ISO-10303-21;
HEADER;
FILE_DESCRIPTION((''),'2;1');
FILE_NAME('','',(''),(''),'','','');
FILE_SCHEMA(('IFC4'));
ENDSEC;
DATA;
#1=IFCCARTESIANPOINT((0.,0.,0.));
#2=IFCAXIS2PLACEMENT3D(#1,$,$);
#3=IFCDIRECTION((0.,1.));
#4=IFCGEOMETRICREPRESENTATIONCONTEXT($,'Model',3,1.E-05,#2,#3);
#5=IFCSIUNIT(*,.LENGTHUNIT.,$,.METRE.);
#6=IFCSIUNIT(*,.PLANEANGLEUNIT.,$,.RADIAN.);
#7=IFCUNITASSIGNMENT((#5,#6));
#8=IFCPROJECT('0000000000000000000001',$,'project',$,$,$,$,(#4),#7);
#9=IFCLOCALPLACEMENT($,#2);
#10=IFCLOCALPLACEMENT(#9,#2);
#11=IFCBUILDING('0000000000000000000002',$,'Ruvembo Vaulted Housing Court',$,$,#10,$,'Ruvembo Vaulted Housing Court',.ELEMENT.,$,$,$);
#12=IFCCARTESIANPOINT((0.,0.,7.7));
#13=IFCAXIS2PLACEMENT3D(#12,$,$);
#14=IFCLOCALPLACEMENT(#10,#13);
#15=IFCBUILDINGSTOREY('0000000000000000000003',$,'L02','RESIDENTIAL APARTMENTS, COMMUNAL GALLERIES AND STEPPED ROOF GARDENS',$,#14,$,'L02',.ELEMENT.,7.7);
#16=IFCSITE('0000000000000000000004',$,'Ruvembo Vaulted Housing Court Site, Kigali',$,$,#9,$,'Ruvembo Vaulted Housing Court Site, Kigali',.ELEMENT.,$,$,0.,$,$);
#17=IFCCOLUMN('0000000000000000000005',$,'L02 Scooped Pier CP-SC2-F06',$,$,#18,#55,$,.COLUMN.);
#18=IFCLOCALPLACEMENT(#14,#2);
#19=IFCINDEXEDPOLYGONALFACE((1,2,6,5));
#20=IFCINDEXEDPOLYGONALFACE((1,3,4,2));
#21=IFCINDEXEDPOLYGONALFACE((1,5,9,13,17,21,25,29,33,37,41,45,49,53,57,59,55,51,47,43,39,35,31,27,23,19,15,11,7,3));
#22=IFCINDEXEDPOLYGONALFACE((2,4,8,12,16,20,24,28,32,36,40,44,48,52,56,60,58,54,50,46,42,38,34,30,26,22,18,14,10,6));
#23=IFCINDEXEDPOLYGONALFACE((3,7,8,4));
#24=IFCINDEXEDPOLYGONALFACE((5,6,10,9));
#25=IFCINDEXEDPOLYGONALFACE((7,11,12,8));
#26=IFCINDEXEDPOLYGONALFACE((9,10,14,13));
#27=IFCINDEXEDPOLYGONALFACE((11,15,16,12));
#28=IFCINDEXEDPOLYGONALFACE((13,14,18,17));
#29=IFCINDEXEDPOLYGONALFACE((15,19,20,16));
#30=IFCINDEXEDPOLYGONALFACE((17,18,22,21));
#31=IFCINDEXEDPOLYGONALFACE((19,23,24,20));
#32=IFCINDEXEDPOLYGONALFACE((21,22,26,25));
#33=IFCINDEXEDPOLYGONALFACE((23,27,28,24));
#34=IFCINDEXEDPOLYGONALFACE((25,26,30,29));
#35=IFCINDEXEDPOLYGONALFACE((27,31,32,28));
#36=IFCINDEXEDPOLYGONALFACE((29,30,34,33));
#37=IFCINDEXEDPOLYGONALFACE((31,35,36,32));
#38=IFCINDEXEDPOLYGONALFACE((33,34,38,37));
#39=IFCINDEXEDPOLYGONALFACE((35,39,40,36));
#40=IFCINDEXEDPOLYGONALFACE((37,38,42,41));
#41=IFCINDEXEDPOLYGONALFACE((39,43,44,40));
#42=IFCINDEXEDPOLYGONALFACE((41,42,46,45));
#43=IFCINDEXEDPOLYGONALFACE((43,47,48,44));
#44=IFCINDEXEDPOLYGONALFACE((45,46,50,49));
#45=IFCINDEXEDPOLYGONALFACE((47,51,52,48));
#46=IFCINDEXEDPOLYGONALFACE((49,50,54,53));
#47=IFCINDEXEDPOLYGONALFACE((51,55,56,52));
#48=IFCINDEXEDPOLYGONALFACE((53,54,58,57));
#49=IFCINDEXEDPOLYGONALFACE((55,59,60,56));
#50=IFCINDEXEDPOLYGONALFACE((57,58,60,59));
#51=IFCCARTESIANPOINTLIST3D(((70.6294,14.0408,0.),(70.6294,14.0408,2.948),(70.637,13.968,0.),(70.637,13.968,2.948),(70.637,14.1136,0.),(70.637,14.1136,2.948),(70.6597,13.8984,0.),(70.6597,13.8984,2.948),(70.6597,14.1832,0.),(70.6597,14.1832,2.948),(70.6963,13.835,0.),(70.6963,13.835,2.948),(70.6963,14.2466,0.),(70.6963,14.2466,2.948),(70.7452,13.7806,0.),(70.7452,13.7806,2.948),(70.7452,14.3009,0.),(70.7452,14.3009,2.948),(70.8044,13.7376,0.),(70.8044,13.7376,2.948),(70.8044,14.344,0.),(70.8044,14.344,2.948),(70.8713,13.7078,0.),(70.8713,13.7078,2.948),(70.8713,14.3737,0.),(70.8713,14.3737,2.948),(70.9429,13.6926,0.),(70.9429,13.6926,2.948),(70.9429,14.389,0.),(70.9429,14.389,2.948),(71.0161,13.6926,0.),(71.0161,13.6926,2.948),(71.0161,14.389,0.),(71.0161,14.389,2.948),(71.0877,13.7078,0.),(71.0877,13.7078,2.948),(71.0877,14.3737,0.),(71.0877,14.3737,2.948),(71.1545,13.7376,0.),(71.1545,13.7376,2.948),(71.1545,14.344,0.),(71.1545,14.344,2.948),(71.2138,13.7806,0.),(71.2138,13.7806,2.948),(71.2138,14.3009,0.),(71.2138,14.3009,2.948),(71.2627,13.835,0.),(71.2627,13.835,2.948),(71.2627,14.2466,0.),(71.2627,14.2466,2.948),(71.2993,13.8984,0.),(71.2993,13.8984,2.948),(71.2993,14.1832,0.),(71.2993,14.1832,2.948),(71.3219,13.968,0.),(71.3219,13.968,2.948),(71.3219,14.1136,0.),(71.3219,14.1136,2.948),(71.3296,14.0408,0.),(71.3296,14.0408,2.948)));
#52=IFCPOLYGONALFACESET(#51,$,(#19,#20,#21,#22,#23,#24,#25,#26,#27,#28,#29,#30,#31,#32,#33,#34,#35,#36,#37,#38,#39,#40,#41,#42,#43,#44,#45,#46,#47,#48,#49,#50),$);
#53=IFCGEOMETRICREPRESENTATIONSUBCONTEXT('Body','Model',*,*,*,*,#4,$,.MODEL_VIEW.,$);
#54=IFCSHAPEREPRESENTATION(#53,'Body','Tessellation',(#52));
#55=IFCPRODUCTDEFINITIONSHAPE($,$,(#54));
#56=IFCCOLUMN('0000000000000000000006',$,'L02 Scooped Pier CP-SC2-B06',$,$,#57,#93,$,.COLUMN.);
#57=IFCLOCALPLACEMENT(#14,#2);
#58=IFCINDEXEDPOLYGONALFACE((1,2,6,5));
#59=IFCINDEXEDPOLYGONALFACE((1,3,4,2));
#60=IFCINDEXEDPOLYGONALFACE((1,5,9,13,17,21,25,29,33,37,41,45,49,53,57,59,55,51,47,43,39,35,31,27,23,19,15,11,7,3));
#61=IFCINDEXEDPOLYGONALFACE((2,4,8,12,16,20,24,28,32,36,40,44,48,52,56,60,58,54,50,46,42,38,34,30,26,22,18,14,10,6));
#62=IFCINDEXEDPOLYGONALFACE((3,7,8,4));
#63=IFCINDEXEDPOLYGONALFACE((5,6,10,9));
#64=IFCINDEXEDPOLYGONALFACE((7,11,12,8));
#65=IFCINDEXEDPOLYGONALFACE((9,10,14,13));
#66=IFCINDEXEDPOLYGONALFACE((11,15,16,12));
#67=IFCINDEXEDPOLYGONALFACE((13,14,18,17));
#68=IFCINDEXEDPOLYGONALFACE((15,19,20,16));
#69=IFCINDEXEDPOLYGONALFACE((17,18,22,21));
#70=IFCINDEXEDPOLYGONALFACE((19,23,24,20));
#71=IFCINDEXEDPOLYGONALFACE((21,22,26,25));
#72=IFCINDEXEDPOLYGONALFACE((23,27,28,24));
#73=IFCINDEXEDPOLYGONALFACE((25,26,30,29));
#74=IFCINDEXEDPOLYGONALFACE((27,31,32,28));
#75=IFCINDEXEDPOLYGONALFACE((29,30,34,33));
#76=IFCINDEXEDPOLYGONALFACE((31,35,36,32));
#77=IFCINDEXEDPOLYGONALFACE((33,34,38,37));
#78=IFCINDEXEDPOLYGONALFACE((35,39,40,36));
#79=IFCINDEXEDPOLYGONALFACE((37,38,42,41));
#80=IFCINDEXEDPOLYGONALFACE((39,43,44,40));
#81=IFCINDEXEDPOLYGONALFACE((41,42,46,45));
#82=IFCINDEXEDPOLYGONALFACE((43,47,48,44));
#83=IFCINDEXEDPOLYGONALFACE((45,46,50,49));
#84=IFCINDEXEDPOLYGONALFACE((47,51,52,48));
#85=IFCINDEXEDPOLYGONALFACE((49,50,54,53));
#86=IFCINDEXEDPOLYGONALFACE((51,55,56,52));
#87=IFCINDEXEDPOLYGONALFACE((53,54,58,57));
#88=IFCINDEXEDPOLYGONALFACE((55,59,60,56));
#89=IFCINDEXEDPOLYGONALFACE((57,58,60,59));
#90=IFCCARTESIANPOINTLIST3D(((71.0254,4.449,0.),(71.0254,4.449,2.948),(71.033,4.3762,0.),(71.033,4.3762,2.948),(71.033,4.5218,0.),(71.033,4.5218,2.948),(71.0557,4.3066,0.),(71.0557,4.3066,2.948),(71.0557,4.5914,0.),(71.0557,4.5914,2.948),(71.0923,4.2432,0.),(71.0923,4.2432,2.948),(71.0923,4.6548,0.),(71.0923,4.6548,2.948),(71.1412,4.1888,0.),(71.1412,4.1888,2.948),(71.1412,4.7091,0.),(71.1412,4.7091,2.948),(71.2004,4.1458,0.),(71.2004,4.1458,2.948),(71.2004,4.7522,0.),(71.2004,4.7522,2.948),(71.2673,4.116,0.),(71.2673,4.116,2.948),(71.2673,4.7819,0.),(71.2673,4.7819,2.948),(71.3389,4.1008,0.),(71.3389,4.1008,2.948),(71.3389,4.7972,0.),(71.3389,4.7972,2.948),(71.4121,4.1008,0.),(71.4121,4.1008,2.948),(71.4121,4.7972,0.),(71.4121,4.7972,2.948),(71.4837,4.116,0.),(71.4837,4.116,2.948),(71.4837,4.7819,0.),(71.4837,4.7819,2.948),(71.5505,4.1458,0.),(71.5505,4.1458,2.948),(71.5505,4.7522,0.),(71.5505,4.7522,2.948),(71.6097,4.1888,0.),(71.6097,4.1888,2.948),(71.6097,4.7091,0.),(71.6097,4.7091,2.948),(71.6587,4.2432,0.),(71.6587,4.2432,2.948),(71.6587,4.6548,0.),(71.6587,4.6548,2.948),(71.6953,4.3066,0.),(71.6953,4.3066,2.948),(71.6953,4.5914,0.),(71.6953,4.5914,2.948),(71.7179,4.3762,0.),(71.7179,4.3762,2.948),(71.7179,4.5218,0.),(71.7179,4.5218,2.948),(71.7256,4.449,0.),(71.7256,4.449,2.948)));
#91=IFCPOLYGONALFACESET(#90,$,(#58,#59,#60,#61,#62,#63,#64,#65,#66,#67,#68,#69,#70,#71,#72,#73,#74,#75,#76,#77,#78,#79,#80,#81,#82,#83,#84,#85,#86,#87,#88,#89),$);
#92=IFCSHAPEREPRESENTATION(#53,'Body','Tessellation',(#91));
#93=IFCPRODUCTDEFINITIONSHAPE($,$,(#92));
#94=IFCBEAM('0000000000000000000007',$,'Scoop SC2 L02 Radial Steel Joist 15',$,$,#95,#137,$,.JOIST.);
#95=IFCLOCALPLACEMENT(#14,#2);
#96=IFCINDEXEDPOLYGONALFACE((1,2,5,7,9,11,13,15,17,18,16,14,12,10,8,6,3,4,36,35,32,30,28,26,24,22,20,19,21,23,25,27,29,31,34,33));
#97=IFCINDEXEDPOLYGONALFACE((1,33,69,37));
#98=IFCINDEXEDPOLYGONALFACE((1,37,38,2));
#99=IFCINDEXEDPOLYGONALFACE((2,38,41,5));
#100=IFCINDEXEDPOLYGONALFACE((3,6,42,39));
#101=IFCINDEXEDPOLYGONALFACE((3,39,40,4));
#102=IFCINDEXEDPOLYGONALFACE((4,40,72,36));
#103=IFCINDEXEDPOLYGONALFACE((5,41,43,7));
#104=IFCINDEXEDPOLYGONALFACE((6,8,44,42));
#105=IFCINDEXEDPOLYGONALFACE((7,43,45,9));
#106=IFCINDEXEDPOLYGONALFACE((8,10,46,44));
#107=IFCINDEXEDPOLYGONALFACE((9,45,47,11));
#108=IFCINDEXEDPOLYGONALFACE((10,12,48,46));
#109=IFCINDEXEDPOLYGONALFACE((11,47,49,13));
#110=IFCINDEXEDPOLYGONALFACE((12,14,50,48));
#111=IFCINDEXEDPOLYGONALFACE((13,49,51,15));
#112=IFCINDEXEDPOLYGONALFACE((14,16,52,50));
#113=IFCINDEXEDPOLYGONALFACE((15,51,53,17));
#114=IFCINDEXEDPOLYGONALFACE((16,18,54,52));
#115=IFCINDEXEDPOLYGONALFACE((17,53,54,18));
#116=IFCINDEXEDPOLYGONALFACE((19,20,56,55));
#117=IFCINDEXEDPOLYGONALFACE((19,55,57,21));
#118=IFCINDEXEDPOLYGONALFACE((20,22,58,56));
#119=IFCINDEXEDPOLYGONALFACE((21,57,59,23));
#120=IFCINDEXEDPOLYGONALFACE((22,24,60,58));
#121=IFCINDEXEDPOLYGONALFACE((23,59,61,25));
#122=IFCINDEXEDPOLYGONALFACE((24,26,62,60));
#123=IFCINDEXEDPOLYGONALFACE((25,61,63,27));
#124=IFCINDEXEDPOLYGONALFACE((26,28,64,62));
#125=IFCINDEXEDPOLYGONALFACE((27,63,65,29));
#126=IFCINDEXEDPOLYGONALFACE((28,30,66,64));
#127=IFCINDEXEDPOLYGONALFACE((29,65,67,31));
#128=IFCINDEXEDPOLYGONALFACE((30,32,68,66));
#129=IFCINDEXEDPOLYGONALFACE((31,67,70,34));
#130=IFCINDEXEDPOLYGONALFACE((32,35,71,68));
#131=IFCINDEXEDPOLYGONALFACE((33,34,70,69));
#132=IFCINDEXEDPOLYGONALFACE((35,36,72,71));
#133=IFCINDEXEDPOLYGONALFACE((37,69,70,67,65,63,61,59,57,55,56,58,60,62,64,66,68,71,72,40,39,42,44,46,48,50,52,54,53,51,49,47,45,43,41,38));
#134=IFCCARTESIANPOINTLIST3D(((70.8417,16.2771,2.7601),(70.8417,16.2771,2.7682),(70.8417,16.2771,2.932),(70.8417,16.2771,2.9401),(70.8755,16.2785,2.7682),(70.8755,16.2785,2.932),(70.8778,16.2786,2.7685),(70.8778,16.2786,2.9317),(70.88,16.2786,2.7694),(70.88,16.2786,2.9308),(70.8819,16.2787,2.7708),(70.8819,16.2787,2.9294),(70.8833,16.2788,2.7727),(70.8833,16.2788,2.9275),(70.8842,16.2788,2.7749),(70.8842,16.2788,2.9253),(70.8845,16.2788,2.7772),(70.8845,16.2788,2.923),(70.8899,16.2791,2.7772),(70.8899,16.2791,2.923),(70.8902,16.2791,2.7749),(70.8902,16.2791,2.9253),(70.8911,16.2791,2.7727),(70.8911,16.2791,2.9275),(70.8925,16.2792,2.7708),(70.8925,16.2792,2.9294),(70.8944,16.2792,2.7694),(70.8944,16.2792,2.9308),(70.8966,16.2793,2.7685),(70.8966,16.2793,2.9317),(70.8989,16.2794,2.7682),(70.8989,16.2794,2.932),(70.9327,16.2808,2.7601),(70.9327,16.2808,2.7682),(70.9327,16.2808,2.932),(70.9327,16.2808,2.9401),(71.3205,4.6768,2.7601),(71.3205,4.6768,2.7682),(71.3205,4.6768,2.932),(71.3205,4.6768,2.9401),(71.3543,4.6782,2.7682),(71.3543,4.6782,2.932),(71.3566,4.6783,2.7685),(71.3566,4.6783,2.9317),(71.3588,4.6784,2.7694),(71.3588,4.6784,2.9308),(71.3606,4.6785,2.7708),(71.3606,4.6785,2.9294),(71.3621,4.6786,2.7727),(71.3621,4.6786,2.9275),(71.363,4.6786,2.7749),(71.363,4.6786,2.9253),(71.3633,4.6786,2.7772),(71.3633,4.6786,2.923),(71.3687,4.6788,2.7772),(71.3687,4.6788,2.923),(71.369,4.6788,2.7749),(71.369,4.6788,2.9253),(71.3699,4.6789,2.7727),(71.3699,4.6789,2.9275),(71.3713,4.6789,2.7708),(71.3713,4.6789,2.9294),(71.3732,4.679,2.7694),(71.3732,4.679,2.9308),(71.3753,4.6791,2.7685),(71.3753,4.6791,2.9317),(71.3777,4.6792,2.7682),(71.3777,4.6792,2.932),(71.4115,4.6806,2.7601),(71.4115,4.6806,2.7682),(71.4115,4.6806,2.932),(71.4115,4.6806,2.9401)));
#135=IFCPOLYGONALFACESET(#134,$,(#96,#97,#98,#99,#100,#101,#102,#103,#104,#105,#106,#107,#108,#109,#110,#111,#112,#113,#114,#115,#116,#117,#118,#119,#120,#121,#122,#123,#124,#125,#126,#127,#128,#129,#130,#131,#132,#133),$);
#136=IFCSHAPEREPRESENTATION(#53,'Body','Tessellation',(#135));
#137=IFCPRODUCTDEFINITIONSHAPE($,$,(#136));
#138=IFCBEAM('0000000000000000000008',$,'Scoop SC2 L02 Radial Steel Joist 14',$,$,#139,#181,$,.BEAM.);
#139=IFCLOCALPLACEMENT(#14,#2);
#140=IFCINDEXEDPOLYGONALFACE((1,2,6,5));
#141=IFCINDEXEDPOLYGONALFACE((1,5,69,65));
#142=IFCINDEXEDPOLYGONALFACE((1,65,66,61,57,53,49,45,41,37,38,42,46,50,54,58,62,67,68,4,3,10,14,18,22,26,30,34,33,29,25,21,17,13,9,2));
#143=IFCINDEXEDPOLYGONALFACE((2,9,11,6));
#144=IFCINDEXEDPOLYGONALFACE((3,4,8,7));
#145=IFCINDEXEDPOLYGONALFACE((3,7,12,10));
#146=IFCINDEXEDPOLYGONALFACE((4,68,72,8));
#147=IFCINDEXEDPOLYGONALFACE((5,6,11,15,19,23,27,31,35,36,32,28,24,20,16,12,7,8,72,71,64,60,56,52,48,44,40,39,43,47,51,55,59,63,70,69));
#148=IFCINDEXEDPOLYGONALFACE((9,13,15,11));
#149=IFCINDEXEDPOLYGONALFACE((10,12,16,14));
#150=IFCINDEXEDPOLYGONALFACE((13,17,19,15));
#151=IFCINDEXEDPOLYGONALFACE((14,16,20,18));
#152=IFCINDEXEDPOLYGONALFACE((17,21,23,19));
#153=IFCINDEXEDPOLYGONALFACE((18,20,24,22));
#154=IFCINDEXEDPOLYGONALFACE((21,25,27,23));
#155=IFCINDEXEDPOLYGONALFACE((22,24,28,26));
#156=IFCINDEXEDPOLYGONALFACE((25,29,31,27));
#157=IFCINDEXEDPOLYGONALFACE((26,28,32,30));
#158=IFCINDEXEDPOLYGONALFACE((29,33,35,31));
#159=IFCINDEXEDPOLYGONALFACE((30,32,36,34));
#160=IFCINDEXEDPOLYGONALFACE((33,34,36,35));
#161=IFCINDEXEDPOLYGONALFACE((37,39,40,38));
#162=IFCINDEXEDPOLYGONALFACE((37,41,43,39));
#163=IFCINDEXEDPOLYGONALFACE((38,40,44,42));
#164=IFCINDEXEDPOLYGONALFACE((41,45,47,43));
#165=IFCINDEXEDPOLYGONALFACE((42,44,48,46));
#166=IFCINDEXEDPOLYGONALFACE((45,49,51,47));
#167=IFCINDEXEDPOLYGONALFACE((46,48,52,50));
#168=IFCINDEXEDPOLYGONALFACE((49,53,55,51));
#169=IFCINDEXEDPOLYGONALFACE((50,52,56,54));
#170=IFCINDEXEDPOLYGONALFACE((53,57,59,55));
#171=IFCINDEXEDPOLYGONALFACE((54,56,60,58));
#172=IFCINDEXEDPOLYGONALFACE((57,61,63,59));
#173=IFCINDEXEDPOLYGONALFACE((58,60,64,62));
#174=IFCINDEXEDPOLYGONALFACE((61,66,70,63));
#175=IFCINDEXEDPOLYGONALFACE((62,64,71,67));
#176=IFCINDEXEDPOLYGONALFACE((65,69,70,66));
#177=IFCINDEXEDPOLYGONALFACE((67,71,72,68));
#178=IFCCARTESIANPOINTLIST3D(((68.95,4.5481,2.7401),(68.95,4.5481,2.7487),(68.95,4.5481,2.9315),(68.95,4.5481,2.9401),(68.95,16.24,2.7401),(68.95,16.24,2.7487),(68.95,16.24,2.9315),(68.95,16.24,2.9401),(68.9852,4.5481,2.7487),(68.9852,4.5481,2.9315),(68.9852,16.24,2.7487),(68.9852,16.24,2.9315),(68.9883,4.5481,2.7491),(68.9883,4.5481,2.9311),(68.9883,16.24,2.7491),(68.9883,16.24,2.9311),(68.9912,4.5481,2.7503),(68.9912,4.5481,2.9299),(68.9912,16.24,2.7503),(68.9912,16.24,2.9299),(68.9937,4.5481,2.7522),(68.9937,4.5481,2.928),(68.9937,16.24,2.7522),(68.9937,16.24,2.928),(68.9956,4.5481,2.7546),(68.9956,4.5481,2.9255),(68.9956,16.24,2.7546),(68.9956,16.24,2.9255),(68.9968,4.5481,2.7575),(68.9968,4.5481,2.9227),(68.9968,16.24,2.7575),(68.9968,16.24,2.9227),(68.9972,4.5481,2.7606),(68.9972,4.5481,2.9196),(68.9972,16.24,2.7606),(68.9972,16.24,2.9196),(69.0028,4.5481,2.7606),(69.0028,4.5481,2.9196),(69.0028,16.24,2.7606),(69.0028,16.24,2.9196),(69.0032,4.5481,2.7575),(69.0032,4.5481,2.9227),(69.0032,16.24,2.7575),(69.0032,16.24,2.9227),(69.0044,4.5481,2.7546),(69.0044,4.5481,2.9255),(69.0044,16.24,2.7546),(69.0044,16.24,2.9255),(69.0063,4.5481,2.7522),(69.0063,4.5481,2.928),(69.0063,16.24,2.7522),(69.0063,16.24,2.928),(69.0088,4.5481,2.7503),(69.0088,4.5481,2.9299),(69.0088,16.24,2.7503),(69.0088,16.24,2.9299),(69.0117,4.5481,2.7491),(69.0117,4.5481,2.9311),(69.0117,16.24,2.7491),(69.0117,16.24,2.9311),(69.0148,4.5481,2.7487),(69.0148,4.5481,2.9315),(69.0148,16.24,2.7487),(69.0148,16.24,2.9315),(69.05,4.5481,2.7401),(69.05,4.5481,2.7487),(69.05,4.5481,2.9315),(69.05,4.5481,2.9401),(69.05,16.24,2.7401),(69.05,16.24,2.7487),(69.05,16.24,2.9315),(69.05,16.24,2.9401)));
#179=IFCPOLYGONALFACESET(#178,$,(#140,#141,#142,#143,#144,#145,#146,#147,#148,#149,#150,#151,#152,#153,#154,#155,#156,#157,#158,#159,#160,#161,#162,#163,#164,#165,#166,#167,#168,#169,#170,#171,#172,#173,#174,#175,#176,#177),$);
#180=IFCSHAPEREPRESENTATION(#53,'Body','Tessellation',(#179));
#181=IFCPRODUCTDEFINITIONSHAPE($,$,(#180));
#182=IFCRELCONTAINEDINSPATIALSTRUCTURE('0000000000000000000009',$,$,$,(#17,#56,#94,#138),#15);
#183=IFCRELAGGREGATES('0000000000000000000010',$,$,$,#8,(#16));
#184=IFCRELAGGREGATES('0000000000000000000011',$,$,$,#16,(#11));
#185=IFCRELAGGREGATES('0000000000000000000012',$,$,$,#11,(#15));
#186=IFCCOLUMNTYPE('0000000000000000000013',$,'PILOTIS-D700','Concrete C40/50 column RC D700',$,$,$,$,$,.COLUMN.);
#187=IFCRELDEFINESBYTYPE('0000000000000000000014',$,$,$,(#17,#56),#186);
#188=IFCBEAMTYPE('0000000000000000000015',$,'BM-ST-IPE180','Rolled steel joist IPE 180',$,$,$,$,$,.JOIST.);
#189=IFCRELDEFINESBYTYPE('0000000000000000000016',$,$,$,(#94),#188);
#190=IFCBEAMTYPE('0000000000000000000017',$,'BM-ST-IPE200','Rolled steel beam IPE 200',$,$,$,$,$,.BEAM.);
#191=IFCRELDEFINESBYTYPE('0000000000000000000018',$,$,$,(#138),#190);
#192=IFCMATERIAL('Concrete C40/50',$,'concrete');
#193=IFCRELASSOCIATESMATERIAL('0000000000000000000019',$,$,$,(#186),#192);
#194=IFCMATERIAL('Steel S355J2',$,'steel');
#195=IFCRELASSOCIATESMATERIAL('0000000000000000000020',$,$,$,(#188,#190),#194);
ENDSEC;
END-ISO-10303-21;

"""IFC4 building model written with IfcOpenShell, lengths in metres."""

from ifc_helpers import new_model, si_unit, direction, frame, origin, origin_2d, place, context, subcontext, project, spatial, circle, i_section, extrude, material, material_profile, profile_set, type_object, element, save


model = new_model("IFC4")

# Units and contexts
model_context = context("Model", 3, precision=1e-05, world=origin(), true_north=direction((0.0, 1.0)))
body_context = subcontext(model_context, "Body", "Model", "MODEL_VIEW")
ifc_project = project(units=[si_unit("LENGTHUNIT", "METRE"), si_unit("PLANEANGLEUNIT", "RADIAN")], contexts=[model_context])

# Site, building, storey
site_placement = place(None, origin())
site = spatial("IfcSite", under=ifc_project, at=site_placement, Name="Ruvembo Vaulted Housing Court Site, Kigali", LongName="Ruvembo Vaulted Housing Court Site, Kigali", CompositionType="ELEMENT", RefElevation=0.0)
building_placement = place(site_placement, origin())
building = spatial("IfcBuilding", under=site, at=building_placement, Name="Ruvembo Vaulted Housing Court", LongName="Ruvembo Vaulted Housing Court", CompositionType="ELEMENT")
storey_placement = place(building_placement, frame((0.0, 0.0, 7.7)))
storey = spatial("IfcBuildingStorey", under=building, at=storey_placement, Name="L02", Description="RESIDENTIAL APARTMENTS, COMMUNAL GALLERIES AND STEPPED ROOF GARDENS", LongName="L02", CompositionType="ELEMENT", Elevation=7.7)

# Columns
ifc_material_1 = material(Name="Concrete C40/50", Category="concrete")
ifc_material_profile_1 = material_profile(ifc_material_1, circle(Radius=0.3501, at=origin_2d()), Name="RC D700")
ifc_profile_set_1 = profile_set([ifc_material_profile_1], Name="Concrete C40/50")
column_type = type_object("IfcColumnType", Name="PILOTIS-D700", Description="Concrete C40/50 column RC D700", PredefinedType="COLUMN", material=ifc_profile_set_1)
for number, where, z_axis, x_axis, name in (
    (1, (70.9795, 14.0408, 0.0), (0.0, 0.0, 1.0), (1.0, 0.0, 0.0), "L02 Scooped Pier CP-SC2-F06"),
    (2, (71.3755, 4.449, 0.0), (0.0, 0.0, 1.0), (1.0, 0.0, 0.0), "L02 Scooped Pier CP-SC2-B06"),
):
    element("IfcColumn", number, at=place(storey_placement, frame(where, z_axis=z_axis, x_axis=x_axis)), inside=storey, type_object=column_type, Name=name, PredefinedType="COLUMN", context=body_context, shape_type="SweptSolid", body=[
        extrude(circle(Radius=0.3501, at=origin_2d()), origin(), (0.0, 0.0, 1.0), 2.948),
    ])

# Beams
ifc_material_2 = material(Name="Steel S355J2", Category="steel")
ifc_material_profile_2 = material_profile(ifc_material_2, i_section(OverallWidth=0.0911, OverallDepth=0.1799, WebThickness=0.0054, FlangeThickness=0.0081, FilletRadius=0.009, at=origin_2d()), Name="IPE 180")
ifc_profile_set_2 = profile_set([ifc_material_profile_2], Name="Steel S355J2")
beam_type_1 = type_object("IfcBeamType", Name="BM-ST-IPE180", Description="Rolled steel joist IPE 180", PredefinedType="JOIST", material=ifc_profile_set_2)
beam_1_placement = place(storey_placement, frame((71.366, 4.6787, 2.8501), z_axis=(-0.041236, 0.999149, 0.0), x_axis=(-0.999149, -0.041236, 0.0)))
element("IfcBeam", 3, at=beam_1_placement, inside=storey, type_object=beam_type_1, Name="Scoop SC2 L02 Radial Steel Joist 15", PredefinedType="JOIST", context=body_context, shape_type="SweptSolid", body=[
    extrude(i_section(OverallWidth=0.0911, OverallDepth=0.1799, WebThickness=0.0054, FlangeThickness=0.0081, FilletRadius=0.009, at=origin_2d()), origin(), (0.0, 0.0, 1.0), 11.6101),
])
ifc_material_profile_3 = material_profile(ifc_material_2, i_section(OverallWidth=0.1001, OverallDepth=0.2, WebThickness=0.0056, FlangeThickness=0.0085, FilletRadius=0.012, at=origin_2d()), Name="IPE 200")
ifc_profile_set_3 = profile_set([ifc_material_profile_3], Name="Steel S355J2")
beam_type_2 = type_object("IfcBeamType", Name="BM-ST-IPE200", Description="Rolled steel beam IPE 200", PredefinedType="BEAM", material=ifc_profile_set_3)
beam_2_placement = place(storey_placement, frame((69.0, 4.5481, 2.8401), z_axis=(0.0, 1.0, 0.0), x_axis=(-1.0, 0.0, 0.0)))
element("IfcBeam", 4, at=beam_2_placement, inside=storey, type_object=beam_type_2, Name="Scoop SC2 L02 Radial Steel Joist 14", PredefinedType="BEAM", context=body_context, shape_type="SweptSolid", body=[
    extrude(i_section(OverallWidth=0.1001, OverallDepth=0.2, WebThickness=0.0056, FlangeThickness=0.0085, FilletRadius=0.012, at=origin_2d()), origin(), (0.0, 0.0, 1.0), 11.6919),
])

save(model, "model.ifc")
